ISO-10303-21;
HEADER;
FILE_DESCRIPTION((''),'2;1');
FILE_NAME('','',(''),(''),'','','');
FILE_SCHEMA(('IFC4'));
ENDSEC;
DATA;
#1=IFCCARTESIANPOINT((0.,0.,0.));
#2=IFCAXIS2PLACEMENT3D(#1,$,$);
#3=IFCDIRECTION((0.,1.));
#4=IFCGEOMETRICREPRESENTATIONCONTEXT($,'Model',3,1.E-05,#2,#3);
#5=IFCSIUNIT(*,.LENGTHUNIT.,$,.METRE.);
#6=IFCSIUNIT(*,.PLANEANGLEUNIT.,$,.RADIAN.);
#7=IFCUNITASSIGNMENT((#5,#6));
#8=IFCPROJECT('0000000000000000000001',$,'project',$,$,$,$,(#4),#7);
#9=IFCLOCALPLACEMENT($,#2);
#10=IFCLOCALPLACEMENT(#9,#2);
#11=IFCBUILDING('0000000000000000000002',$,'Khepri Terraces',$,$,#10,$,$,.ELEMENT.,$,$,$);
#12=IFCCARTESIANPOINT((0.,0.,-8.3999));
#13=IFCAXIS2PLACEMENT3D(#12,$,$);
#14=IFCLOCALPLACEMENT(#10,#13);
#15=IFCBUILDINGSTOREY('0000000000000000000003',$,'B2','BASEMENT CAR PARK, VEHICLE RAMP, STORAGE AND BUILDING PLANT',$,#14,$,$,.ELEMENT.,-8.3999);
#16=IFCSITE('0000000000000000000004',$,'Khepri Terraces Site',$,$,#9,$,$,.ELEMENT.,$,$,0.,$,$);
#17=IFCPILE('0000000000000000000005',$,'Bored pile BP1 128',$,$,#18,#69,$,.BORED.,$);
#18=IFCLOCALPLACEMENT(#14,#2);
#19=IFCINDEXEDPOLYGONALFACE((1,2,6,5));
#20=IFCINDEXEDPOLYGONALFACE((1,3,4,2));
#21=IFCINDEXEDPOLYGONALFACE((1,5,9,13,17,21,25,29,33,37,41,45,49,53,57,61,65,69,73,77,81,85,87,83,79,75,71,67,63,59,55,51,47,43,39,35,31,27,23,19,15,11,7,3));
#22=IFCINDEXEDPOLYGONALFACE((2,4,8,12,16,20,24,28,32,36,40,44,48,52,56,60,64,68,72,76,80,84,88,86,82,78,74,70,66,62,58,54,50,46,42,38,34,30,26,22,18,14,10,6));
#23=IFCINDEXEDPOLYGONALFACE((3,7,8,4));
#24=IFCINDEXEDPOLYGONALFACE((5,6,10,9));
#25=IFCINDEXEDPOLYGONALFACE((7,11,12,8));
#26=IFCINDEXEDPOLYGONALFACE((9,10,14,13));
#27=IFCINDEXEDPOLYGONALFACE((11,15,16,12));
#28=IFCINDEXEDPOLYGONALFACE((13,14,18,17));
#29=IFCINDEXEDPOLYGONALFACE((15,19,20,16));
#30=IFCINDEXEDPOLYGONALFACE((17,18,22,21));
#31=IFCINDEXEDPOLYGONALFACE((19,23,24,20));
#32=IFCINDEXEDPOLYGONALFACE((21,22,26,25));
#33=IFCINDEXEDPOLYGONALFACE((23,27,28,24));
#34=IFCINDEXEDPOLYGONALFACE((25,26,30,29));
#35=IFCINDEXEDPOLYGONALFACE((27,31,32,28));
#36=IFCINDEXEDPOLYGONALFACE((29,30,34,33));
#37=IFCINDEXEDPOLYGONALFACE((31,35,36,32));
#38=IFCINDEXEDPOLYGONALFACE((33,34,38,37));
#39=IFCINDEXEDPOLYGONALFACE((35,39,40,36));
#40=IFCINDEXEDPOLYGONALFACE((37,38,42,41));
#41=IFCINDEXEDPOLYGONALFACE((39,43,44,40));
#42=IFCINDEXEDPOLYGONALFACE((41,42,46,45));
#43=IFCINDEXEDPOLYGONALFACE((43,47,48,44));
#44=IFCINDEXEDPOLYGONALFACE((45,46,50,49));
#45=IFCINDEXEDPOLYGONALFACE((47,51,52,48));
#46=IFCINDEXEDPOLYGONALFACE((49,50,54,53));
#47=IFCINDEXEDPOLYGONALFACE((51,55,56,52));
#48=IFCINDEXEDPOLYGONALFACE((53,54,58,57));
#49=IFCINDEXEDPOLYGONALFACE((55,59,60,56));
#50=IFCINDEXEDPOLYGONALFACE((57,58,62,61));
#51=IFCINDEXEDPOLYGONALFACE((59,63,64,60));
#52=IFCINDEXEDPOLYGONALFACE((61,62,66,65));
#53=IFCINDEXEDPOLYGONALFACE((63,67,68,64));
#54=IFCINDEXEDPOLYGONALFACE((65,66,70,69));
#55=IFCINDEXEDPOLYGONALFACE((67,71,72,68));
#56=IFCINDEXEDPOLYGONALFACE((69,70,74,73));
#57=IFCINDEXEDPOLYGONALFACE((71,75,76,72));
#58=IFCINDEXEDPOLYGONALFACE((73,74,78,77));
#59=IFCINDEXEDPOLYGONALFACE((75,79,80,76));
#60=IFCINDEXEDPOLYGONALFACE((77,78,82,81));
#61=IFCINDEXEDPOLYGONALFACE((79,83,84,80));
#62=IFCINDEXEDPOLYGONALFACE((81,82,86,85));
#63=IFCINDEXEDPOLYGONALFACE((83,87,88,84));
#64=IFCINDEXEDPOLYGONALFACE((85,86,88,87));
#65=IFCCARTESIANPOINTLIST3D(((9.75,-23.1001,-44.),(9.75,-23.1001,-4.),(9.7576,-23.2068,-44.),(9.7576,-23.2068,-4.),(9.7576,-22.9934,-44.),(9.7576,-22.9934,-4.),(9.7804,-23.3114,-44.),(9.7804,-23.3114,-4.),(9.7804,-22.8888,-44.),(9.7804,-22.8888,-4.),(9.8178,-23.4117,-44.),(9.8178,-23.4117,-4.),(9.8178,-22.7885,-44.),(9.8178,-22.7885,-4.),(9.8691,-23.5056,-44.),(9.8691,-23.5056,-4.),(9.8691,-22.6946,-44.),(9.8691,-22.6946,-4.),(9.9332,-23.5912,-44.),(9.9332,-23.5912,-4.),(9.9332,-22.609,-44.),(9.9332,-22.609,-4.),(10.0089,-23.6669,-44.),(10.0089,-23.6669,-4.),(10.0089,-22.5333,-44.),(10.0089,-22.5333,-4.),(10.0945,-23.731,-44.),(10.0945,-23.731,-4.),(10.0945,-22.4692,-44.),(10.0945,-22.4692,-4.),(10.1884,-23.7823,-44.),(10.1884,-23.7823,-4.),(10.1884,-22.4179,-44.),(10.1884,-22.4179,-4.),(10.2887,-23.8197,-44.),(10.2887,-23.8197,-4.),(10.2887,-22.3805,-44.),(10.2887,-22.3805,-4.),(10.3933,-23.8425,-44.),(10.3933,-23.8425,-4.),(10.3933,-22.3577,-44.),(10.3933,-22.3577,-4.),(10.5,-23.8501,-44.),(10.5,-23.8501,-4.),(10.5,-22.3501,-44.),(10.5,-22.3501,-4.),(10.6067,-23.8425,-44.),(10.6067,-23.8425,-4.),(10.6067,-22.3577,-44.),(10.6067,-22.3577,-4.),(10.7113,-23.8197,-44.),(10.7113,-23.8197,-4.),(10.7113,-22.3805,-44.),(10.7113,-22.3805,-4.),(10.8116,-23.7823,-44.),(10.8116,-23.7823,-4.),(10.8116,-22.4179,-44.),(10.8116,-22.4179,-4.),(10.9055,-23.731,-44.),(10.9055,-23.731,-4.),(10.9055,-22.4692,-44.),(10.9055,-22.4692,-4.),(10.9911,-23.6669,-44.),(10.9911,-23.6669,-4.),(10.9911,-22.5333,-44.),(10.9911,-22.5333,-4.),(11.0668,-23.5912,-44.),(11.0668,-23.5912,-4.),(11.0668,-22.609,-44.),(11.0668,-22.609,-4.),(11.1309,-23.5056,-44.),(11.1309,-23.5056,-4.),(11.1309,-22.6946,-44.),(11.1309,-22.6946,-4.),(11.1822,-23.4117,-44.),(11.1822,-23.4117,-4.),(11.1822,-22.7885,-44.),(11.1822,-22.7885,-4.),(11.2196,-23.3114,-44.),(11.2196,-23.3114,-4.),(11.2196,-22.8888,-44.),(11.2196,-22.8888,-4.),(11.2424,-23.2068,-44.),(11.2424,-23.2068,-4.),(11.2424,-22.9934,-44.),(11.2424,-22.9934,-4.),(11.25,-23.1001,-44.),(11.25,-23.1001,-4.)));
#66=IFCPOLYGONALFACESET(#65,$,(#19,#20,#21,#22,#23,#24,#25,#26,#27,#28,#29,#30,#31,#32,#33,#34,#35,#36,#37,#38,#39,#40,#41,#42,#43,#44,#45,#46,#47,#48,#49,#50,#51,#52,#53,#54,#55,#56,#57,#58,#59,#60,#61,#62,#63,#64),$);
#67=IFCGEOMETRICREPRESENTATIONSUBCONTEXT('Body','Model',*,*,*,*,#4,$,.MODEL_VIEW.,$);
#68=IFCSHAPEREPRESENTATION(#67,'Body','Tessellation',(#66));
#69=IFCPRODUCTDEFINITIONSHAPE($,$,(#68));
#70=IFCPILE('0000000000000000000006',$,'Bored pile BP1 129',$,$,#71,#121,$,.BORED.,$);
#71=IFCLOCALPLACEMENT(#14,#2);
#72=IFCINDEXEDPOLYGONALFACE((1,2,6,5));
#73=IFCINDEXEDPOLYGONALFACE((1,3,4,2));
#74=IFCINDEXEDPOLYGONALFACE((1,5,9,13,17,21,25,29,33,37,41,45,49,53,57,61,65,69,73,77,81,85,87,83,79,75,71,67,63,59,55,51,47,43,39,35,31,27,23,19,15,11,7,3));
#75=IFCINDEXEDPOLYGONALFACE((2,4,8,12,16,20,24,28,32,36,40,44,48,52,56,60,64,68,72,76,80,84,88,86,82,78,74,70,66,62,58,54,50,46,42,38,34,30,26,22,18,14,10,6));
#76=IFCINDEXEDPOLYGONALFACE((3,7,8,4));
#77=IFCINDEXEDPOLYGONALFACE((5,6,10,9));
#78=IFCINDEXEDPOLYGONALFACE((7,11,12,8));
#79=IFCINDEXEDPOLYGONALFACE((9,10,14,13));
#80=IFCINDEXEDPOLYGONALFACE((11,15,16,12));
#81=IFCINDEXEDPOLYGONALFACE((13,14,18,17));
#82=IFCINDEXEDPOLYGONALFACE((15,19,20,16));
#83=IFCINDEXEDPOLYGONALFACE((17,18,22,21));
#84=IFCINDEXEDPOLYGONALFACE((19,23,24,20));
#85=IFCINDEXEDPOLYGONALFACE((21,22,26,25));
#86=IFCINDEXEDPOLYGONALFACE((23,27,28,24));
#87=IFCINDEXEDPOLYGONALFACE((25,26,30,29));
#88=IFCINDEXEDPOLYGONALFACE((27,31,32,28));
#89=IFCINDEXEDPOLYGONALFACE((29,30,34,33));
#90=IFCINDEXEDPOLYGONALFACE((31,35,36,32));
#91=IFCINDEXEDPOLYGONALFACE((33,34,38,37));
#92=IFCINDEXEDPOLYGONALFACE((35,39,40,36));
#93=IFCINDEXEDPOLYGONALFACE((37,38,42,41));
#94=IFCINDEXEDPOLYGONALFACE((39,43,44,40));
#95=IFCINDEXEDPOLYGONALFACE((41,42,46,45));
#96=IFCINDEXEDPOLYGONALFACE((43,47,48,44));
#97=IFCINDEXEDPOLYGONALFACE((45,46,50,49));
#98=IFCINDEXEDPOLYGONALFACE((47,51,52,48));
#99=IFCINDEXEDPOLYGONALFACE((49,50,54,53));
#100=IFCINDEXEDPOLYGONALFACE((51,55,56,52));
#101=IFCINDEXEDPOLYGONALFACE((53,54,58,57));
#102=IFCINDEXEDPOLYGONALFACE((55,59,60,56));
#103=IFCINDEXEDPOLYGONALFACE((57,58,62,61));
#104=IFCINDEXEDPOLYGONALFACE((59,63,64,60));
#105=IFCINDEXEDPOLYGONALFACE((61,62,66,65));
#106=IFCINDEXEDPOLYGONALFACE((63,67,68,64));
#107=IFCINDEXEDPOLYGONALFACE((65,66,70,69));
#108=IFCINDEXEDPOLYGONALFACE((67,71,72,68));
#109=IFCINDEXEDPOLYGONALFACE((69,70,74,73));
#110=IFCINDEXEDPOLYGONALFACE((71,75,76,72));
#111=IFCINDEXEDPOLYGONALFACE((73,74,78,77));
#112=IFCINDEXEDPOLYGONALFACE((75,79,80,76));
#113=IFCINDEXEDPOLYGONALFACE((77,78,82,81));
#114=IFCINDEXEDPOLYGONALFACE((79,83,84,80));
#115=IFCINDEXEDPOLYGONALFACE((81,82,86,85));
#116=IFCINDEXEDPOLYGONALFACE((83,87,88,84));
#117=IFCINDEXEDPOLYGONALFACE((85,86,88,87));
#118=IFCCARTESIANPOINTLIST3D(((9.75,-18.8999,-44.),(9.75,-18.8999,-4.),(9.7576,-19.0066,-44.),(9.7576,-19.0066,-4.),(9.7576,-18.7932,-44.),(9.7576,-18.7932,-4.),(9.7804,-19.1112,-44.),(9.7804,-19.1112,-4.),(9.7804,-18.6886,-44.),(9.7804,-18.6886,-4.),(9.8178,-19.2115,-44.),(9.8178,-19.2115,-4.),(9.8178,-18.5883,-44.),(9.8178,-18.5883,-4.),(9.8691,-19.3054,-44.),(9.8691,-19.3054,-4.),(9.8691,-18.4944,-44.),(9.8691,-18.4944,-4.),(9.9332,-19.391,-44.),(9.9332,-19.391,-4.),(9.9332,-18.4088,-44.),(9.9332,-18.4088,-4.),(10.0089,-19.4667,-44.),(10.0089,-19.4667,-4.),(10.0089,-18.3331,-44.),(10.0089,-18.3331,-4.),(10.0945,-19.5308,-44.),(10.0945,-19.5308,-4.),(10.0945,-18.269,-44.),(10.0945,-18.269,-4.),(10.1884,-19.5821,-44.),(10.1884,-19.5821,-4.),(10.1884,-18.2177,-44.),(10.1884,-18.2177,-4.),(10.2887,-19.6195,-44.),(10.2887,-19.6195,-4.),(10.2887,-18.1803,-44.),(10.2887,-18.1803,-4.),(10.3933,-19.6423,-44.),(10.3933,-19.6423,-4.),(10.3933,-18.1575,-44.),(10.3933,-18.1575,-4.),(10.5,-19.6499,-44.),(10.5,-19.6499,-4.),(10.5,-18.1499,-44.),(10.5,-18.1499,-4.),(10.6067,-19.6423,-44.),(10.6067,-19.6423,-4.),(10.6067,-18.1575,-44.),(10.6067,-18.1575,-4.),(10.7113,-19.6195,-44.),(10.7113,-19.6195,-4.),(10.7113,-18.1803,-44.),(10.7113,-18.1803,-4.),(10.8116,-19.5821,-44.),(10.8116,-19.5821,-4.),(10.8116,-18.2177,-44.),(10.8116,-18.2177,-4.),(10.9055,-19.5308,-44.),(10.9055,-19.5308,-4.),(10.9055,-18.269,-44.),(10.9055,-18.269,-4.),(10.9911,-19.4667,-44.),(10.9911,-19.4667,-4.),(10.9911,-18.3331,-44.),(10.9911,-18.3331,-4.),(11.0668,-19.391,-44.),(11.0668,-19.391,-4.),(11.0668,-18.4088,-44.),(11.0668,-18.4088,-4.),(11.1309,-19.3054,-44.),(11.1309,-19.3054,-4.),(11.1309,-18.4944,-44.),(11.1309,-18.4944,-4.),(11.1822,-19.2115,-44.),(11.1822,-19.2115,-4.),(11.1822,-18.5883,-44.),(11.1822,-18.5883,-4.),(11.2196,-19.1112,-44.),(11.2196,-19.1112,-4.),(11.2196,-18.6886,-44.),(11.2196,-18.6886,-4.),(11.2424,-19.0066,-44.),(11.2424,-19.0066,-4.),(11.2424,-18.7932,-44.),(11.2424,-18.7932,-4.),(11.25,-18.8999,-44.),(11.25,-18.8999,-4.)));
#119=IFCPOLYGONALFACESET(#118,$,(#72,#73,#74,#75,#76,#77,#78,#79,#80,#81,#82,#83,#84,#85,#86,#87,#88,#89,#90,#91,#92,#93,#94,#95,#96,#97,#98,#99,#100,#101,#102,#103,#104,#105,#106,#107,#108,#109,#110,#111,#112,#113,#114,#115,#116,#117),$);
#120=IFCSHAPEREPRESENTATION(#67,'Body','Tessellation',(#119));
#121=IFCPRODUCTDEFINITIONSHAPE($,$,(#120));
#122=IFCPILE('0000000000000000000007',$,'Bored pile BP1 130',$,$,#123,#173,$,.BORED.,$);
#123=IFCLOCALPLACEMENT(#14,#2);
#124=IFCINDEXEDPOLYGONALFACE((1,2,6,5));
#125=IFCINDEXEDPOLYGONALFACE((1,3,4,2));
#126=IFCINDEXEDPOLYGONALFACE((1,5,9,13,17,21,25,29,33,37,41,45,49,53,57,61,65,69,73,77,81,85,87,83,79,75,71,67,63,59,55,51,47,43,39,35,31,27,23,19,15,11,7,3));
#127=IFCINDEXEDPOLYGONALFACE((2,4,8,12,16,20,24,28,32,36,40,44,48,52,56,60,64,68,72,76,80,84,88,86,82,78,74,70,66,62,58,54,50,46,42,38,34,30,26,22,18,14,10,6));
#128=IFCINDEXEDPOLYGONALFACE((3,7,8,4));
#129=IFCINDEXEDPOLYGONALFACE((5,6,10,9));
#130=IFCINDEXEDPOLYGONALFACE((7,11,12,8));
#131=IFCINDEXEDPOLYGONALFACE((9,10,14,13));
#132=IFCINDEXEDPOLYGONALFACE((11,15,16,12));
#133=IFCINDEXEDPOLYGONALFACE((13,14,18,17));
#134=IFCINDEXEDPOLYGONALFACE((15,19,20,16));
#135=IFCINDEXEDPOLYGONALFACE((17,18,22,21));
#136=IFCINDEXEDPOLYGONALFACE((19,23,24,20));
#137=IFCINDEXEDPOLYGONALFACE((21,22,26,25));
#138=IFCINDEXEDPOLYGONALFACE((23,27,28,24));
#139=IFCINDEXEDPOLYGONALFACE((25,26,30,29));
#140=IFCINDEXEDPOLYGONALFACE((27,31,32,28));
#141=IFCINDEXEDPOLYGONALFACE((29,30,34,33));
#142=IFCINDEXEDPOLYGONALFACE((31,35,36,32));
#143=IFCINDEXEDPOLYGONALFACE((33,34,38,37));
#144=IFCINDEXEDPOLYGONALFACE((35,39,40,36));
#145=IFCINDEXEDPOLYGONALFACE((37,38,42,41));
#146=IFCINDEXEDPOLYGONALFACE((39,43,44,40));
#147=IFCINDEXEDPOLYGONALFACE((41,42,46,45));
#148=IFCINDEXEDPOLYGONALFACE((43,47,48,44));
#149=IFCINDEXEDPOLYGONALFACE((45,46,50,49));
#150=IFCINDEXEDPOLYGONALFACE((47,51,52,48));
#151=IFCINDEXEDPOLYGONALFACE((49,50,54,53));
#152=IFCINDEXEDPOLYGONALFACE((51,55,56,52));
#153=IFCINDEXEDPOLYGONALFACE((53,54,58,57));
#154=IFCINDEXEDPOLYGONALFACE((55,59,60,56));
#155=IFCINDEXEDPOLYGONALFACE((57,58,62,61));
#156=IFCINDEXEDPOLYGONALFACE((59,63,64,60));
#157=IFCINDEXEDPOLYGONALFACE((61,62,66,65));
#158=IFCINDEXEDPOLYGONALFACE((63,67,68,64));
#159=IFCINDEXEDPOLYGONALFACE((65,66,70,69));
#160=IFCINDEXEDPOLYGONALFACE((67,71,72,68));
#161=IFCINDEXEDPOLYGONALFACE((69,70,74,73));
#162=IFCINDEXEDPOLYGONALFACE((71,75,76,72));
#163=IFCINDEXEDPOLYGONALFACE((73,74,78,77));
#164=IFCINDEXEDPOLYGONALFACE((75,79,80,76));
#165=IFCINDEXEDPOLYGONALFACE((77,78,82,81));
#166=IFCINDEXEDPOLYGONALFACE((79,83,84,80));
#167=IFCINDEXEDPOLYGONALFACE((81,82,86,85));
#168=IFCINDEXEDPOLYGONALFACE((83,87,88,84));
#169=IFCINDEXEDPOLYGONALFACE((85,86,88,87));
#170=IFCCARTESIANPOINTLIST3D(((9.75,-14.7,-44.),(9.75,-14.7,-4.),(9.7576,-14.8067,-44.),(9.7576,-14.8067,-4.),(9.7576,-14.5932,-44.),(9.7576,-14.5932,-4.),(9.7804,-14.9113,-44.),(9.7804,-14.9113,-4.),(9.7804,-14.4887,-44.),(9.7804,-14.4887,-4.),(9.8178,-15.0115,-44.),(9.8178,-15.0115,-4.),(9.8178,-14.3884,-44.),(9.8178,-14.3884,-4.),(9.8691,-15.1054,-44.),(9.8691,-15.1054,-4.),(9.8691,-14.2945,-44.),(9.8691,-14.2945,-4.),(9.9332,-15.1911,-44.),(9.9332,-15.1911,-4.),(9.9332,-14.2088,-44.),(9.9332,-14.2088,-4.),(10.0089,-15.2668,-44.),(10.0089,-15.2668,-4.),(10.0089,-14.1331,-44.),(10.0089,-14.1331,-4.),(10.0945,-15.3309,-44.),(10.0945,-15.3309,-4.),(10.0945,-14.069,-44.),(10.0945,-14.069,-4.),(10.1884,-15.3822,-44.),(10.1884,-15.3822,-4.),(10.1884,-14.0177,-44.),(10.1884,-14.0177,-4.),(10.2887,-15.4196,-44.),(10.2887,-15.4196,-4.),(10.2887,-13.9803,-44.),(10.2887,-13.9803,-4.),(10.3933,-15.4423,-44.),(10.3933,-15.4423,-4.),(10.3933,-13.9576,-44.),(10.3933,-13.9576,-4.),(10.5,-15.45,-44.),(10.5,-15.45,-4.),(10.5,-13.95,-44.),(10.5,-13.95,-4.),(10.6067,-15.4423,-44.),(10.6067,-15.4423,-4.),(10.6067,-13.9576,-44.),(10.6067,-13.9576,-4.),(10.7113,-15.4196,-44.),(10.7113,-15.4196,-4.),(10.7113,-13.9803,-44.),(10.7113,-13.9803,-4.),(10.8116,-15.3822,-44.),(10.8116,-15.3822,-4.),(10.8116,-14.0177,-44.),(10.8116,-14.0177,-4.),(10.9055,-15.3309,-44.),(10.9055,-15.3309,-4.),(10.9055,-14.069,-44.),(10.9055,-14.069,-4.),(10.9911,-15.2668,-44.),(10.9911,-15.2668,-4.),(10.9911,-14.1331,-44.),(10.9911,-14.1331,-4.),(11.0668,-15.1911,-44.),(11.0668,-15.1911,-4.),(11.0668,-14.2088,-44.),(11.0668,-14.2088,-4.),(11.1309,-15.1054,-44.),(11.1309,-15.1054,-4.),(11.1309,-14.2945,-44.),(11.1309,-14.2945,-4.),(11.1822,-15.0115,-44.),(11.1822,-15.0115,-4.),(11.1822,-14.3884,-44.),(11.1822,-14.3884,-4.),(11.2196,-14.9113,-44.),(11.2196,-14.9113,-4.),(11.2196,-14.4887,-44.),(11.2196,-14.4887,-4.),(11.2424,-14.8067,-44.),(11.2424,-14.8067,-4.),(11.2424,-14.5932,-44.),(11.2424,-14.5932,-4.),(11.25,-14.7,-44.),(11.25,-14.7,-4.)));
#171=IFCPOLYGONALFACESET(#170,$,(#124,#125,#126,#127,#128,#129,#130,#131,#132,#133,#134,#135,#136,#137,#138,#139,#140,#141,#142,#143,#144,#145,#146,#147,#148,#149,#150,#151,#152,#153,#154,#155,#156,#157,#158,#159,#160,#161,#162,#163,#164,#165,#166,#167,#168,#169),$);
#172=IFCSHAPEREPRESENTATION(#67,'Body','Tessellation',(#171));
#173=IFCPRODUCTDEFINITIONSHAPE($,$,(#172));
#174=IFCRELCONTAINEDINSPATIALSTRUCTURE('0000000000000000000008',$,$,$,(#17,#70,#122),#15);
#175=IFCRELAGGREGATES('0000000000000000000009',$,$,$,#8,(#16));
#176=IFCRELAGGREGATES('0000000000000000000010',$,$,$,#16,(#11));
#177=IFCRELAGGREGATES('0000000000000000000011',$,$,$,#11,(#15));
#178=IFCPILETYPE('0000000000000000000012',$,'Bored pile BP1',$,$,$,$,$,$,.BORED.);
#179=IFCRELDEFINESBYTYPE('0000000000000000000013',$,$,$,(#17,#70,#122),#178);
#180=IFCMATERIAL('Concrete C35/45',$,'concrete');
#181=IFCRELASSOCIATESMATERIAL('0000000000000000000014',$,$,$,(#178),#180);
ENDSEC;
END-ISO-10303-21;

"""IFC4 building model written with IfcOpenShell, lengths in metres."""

from ifc_helpers import new_model, si_unit, direction, frame, origin, origin_2d, place, context, subcontext, project, spatial, circle, extrude, material, material_profile, profile_set, type_object, element, save


model = new_model("IFC4")

# Units and contexts
model_context = context("Model", 3, precision=1e-05, world=origin(), true_north=direction((0.0, 1.0)))
body_context = subcontext(model_context, "Body", "Model", "MODEL_VIEW")
ifc_project = project(units=[si_unit("LENGTHUNIT", "METRE"), si_unit("PLANEANGLEUNIT", "RADIAN")], contexts=[model_context])

# Site, building, storey
site_placement = place(None, origin())
site = spatial("IfcSite", under=ifc_project, at=site_placement, Name="Khepri Terraces Site", CompositionType="ELEMENT", RefElevation=0.0)
building_placement = place(site_placement, origin())
building = spatial("IfcBuilding", under=site, at=building_placement, Name="Khepri Terraces", CompositionType="ELEMENT")
storey_placement = place(building_placement, frame((0.0, 0.0, -8.3999)))
storey = spatial("IfcBuildingStorey", under=building, at=storey_placement, Name="B2", Description="BASEMENT CAR PARK, VEHICLE RAMP, STORAGE AND BUILDING PLANT", CompositionType="ELEMENT", Elevation=-8.3999)

# Piles
ifc_material_1 = material(Name="Concrete C35/45", Category="concrete")
ifc_material_profile_1 = material_profile(ifc_material_1, circle(Radius=0.75, at=origin_2d()), Name="Concrete C35/45", Category="concrete")
ifc_profile_set_1 = profile_set([ifc_material_profile_1], Name="Concrete C35/45")
pile_type = type_object("IfcPileType", Name="Bored pile BP1", PredefinedType="BORED", material=ifc_profile_set_1)
for number, where, z_axis, x_axis, name in (
    (1, (10.5, -23.1001, -4.0), (0.0, 0.0, -1.0), (1.0, 0.0, 0.0), "Bored pile BP1 128"),
    (2, (10.5, -18.8999, -4.0), (0.0, 0.0, -1.0), (1.0, 0.0, 0.0), "Bored pile BP1 129"),
    (3, (10.5, -14.7, -4.0), (0.0, 0.0, -1.0), (1.0, 0.0, 0.0), "Bored pile BP1 130"),
):
    element("IfcPile", number, at=place(storey_placement, frame(where, z_axis=z_axis, x_axis=x_axis)), inside=storey, type_object=pile_type, Name=name, PredefinedType="BORED", context=body_context, shape_type="SweptSolid", body=[
        extrude(circle(Radius=0.75, at=origin_2d()), origin(), (0.0, 0.0, 1.0), 40.0),
    ])

save(model, "model.ifc")
